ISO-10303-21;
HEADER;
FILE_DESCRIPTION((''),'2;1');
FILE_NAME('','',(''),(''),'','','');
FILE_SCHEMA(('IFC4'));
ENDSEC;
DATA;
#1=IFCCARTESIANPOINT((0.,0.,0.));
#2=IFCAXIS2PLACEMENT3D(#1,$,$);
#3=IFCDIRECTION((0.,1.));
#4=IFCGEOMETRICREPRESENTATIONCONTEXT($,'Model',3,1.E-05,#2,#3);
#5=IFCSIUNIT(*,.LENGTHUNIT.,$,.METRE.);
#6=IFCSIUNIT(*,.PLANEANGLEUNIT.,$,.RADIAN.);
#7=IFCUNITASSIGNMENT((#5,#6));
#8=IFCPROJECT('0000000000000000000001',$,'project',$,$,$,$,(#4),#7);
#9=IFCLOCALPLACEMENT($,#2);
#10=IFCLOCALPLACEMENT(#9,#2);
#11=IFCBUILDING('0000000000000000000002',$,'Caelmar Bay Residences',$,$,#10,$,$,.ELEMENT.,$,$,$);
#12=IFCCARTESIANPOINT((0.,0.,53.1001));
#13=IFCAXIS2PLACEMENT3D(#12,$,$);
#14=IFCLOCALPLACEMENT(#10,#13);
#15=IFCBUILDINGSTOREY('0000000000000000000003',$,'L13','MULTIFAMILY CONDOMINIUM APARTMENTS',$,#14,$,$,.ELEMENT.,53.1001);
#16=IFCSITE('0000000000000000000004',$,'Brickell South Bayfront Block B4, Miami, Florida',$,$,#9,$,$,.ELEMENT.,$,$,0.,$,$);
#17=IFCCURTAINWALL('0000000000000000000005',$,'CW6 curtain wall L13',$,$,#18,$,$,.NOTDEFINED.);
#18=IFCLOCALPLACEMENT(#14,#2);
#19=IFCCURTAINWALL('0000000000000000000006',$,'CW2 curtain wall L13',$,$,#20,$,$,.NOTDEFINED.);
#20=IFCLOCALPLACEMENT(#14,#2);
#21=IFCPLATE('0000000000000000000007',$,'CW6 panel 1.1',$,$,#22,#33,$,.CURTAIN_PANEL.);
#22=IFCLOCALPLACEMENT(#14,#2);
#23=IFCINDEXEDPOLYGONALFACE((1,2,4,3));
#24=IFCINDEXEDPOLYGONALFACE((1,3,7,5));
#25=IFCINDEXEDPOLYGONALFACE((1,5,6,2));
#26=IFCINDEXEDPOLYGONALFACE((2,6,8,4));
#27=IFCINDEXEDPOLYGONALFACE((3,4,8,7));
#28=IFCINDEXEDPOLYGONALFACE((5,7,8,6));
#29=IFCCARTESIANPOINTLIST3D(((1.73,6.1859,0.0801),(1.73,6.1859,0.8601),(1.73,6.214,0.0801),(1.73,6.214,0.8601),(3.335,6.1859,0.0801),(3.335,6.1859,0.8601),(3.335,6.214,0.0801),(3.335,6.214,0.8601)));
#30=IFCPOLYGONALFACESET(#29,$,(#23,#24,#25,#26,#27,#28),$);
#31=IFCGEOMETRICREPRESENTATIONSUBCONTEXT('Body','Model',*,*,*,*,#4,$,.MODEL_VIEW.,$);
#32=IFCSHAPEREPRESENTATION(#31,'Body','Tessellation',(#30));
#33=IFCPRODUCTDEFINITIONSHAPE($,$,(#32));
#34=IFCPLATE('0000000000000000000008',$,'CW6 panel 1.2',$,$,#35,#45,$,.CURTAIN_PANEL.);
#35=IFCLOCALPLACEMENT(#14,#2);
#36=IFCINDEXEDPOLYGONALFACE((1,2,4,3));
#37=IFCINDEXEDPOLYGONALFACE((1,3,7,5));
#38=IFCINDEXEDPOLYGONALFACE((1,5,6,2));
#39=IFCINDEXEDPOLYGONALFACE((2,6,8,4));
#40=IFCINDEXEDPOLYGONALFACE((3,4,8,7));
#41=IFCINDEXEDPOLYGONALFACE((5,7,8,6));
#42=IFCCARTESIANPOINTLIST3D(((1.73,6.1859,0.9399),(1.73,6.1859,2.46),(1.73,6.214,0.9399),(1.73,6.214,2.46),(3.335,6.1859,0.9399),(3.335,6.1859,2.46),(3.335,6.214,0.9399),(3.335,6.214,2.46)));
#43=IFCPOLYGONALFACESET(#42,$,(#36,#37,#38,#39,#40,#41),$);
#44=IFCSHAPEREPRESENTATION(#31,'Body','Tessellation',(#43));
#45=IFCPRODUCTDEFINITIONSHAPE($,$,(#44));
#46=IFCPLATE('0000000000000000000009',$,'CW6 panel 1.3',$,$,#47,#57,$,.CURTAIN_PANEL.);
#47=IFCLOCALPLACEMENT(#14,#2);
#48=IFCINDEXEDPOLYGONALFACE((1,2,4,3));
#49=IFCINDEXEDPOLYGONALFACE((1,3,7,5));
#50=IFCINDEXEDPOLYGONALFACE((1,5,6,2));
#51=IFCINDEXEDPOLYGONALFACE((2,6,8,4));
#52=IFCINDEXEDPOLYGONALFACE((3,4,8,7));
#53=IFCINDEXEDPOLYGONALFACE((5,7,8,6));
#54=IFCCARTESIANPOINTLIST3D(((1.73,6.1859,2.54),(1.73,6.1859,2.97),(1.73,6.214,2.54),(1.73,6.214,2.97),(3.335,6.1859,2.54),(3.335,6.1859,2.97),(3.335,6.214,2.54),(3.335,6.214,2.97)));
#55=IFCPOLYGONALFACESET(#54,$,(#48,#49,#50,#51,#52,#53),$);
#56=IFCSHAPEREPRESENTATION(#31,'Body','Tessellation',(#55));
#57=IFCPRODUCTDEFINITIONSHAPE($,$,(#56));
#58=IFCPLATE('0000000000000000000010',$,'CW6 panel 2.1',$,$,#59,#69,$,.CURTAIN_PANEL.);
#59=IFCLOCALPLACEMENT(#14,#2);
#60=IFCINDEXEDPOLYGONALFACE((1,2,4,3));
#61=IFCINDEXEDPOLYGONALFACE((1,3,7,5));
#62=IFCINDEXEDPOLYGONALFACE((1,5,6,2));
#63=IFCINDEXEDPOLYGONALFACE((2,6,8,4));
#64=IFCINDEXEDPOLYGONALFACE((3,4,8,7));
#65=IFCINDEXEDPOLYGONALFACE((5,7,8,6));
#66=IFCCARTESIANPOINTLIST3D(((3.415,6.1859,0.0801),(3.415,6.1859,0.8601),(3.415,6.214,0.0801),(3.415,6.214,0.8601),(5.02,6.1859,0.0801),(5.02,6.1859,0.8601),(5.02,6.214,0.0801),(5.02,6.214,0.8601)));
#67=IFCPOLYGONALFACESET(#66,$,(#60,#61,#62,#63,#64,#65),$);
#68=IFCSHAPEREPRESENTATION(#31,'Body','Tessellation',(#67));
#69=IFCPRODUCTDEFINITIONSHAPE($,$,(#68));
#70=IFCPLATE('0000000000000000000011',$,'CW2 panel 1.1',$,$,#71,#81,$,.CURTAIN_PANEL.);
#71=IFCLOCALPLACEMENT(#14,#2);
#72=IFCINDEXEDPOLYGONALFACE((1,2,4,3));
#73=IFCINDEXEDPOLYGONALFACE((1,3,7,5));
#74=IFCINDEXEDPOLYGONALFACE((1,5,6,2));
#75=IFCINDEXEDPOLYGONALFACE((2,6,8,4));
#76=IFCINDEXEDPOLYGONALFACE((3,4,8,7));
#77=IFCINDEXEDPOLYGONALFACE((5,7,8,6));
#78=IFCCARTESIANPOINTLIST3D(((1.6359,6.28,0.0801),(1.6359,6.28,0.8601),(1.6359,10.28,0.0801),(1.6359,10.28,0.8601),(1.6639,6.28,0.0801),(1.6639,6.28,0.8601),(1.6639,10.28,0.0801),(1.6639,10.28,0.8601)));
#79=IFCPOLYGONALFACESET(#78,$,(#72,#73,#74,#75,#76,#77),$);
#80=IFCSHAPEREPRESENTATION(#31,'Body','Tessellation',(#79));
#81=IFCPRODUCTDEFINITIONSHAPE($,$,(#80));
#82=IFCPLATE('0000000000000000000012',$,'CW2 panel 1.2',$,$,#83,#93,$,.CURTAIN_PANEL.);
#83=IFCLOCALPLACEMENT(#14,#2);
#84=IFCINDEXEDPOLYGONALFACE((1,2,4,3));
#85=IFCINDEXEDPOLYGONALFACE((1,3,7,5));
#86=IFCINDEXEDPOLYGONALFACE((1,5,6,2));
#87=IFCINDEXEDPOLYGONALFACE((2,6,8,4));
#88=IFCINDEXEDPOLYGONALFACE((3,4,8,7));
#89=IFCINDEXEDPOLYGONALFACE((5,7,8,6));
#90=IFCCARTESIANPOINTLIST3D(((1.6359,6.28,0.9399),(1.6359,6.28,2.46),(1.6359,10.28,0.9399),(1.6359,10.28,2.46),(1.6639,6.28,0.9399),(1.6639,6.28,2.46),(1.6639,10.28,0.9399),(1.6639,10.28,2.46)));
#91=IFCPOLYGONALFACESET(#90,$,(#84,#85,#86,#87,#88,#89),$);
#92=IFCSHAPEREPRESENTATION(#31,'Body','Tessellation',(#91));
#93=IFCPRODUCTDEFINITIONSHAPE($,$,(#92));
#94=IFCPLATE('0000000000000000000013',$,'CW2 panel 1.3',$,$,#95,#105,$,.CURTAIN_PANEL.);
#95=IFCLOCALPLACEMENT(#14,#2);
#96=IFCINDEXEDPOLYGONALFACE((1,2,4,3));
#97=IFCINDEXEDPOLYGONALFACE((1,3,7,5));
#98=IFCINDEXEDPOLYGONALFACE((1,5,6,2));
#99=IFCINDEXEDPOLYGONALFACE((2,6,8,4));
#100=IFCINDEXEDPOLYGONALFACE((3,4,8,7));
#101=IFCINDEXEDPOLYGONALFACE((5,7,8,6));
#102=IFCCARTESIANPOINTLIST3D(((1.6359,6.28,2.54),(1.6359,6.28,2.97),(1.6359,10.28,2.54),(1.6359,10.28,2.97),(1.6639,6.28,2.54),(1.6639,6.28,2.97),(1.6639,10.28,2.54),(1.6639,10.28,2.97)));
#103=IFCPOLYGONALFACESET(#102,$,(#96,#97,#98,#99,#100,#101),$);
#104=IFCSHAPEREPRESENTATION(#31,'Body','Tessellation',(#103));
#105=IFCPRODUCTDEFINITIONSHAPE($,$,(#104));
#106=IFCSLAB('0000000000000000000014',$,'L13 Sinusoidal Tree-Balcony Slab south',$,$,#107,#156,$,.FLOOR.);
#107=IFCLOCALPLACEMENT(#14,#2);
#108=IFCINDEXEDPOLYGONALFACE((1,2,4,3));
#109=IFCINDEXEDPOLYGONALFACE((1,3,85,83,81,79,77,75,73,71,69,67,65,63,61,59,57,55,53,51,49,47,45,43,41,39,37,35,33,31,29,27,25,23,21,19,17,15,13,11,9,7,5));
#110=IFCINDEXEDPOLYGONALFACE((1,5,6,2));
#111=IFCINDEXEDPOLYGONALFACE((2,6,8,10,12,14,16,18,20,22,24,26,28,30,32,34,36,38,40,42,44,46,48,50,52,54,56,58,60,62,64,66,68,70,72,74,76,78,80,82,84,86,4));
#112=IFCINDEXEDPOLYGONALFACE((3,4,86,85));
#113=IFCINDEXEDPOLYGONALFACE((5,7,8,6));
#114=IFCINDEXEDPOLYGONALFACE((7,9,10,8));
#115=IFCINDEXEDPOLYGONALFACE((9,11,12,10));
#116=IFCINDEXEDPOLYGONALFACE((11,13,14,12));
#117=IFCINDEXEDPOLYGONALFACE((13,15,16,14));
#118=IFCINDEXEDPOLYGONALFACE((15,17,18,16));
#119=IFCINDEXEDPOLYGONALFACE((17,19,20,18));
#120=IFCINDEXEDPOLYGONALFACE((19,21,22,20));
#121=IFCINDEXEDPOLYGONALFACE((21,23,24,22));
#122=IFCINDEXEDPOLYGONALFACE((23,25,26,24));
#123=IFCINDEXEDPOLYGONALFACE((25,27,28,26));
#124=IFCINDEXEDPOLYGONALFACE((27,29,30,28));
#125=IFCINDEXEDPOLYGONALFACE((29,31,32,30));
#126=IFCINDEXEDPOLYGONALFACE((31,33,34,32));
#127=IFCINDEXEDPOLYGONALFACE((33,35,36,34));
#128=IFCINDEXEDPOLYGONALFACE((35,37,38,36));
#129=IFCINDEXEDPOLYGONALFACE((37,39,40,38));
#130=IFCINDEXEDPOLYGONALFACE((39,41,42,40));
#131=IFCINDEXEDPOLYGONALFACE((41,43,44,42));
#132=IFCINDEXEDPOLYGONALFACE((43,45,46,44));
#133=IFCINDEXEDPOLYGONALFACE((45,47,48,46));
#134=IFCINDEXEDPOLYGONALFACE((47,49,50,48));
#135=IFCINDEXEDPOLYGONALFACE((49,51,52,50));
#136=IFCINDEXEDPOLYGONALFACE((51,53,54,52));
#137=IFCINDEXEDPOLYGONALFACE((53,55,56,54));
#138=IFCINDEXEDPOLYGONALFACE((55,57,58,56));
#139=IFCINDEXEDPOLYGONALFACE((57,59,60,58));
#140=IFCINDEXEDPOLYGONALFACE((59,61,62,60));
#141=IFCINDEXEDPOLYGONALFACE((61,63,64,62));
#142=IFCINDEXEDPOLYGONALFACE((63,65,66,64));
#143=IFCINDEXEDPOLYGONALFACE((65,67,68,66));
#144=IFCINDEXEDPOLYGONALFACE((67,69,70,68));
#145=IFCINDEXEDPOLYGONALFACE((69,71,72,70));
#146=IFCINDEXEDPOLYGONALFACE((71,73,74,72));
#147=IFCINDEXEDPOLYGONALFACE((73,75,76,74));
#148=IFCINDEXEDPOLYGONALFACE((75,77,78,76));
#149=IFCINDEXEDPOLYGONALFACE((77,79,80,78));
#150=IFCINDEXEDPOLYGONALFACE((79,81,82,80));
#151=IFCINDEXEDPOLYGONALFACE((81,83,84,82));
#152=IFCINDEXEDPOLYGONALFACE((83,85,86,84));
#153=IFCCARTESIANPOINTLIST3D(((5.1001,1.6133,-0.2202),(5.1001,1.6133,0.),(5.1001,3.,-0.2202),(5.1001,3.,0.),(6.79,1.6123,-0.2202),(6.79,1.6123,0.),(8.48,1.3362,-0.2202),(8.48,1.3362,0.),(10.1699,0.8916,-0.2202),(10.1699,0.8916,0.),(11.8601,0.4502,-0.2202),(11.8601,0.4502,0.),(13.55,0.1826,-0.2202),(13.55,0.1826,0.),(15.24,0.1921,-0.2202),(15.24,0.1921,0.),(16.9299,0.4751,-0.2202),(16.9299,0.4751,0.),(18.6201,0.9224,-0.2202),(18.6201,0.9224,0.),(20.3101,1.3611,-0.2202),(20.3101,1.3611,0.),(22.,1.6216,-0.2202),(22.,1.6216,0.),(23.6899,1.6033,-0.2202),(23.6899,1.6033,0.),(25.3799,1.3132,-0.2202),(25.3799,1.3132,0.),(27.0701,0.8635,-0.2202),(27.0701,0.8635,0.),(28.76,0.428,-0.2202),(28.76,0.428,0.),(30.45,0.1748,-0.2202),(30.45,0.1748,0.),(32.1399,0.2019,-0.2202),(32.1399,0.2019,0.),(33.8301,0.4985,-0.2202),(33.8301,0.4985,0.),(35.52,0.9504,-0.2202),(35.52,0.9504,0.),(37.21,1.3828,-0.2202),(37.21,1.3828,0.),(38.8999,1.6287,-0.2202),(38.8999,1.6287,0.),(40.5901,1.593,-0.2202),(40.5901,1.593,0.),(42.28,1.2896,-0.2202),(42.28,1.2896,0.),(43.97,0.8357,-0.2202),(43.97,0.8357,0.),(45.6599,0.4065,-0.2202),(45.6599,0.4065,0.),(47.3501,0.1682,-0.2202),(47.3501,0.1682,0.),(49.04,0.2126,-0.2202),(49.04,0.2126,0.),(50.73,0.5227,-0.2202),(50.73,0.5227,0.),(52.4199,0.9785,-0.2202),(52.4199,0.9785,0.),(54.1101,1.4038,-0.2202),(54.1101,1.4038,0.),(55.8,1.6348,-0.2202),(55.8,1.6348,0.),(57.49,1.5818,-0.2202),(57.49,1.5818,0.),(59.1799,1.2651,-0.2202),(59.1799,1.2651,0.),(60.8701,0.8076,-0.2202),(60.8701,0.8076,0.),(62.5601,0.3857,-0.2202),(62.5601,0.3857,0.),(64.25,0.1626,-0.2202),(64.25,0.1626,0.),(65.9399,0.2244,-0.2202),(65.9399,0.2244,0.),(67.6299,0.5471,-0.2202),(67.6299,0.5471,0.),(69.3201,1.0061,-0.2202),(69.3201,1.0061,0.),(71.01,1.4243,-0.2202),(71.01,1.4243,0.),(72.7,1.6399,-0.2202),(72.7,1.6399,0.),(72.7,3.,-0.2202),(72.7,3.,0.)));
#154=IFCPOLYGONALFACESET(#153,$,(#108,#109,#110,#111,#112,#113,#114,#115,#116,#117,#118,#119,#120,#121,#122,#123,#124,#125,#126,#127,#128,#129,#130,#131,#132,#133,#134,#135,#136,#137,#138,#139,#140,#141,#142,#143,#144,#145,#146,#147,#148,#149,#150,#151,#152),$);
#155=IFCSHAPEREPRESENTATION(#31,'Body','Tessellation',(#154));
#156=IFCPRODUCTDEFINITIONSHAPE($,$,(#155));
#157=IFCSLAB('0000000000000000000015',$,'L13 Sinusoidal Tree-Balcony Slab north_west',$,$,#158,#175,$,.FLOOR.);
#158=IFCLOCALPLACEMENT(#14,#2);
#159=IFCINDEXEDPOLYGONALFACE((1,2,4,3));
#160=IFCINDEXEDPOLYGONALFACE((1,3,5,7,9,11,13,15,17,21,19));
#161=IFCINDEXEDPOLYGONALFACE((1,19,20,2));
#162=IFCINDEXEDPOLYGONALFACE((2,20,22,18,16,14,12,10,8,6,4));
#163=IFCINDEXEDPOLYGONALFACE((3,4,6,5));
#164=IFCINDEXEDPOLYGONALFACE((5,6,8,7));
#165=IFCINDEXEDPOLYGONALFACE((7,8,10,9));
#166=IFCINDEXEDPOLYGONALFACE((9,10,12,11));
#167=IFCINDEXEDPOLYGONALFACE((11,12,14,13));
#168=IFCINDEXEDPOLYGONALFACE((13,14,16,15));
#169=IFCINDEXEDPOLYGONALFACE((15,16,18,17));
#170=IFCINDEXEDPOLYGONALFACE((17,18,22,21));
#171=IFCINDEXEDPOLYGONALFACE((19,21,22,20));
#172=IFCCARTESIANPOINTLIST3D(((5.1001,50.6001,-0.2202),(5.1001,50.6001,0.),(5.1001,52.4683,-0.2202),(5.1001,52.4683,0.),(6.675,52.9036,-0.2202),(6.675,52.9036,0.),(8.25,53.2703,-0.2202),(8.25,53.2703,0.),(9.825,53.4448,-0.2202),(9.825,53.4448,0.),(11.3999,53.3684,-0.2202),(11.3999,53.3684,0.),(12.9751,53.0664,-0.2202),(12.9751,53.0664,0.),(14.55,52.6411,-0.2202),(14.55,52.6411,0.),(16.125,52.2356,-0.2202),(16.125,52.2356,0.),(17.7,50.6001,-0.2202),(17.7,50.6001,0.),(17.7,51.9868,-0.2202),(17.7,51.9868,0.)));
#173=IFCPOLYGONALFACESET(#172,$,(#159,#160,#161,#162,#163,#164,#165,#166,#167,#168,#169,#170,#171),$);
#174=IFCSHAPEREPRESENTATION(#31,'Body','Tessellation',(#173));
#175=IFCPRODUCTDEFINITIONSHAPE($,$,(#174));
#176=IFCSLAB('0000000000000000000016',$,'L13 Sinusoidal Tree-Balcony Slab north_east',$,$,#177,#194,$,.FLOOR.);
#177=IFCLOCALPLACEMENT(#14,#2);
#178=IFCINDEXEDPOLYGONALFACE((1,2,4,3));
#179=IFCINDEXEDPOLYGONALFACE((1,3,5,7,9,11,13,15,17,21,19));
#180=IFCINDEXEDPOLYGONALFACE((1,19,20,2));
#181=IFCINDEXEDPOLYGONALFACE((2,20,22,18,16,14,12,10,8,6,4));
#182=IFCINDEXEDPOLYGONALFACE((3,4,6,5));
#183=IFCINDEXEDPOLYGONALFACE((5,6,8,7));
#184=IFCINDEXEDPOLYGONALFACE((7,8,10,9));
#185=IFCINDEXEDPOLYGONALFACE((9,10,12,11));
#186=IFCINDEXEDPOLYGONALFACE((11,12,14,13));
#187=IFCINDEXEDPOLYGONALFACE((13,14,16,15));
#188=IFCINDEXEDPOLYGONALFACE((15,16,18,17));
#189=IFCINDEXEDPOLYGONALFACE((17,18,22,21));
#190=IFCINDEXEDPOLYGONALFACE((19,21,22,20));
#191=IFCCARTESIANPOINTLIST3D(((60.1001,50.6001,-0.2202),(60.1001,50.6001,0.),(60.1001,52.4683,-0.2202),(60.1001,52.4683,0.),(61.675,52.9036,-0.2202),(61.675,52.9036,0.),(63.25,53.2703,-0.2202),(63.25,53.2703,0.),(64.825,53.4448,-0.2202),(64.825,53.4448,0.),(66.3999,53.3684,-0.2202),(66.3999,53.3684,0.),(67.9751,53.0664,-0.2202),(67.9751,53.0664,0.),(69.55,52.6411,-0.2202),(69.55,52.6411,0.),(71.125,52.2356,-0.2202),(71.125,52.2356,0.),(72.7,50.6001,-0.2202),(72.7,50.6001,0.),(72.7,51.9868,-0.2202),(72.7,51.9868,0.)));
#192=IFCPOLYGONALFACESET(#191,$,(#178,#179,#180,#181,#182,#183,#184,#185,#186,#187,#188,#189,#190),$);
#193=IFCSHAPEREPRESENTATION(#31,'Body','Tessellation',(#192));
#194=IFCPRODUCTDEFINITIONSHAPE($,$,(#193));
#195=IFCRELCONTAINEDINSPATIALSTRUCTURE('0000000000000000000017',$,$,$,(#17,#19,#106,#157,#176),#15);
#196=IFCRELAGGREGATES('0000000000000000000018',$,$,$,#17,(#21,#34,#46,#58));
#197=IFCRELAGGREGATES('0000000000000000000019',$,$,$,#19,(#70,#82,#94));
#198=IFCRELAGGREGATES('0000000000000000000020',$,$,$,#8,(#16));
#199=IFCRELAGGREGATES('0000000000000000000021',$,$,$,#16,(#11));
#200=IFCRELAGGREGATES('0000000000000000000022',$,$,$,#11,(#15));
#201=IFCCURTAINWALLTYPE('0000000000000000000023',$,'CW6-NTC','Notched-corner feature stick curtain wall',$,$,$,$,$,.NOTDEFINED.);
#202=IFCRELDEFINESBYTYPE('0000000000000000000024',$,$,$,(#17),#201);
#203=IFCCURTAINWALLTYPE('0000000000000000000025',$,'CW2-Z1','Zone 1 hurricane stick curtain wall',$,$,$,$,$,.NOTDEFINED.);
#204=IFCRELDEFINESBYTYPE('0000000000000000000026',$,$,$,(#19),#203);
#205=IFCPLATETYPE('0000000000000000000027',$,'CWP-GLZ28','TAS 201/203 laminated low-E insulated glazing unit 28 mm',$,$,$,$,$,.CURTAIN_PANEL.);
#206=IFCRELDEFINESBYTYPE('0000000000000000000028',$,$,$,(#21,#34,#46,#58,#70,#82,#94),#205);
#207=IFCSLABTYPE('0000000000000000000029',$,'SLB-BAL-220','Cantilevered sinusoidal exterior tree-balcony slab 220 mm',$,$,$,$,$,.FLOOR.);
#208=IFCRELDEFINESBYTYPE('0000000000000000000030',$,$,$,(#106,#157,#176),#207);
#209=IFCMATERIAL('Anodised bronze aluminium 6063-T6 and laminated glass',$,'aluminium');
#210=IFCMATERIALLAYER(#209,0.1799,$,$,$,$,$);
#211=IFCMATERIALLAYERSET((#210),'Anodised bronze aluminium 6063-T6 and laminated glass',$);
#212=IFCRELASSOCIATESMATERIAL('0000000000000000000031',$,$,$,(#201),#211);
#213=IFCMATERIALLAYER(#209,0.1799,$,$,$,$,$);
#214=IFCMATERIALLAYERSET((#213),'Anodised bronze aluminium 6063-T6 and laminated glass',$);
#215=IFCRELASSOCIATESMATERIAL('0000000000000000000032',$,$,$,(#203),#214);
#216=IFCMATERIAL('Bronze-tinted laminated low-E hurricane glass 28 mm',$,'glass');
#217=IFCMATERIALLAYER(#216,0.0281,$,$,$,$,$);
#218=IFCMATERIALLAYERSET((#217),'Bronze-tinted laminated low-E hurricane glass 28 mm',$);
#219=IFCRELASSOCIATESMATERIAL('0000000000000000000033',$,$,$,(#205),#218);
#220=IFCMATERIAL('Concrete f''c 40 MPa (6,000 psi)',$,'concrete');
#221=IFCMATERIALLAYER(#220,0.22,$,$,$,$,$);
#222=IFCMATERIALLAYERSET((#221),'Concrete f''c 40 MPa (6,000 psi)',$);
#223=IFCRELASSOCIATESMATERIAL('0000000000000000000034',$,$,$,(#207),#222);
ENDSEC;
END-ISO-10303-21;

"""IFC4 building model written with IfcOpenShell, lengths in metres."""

from ifc_helpers import new_model, si_unit, direction, frame, origin, origin_2d, place, context, subcontext, project, spatial, polyline, rectangle, outline, extrude, material, layer, layer_set, type_object, element, aggregate, save


model = new_model("IFC4")

# Units and contexts
model_context = context("Model", 3, precision=1e-05, world=origin(), true_north=direction((0.0, 1.0)))
body_context = subcontext(model_context, "Body", "Model", "MODEL_VIEW")
ifc_project = project(units=[si_unit("LENGTHUNIT", "METRE"), si_unit("PLANEANGLEUNIT", "RADIAN")], contexts=[model_context])

# Site, building, storey
site_placement = place(None, origin())
site = spatial("IfcSite", under=ifc_project, at=site_placement, Name="Brickell South Bayfront Block B4, Miami, Florida", CompositionType="ELEMENT", RefElevation=0.0)
building_placement = place(site_placement, origin())
building = spatial("IfcBuilding", under=site, at=building_placement, Name="Caelmar Bay Residences", CompositionType="ELEMENT")
storey_placement = place(building_placement, frame((0.0, 0.0, 53.1001)))
storey = spatial("IfcBuildingStorey", under=building, at=storey_placement, Name="L13", Description="MULTIFAMILY CONDOMINIUM APARTMENTS", CompositionType="ELEMENT", Elevation=53.1001)

# Curtain wall
ifc_material_1 = material(Name="Anodised bronze aluminium 6063-T6 and laminated glass", Category="aluminium")
ifc_layer_1 = layer(ifc_material_1, 0.1799)
ifc_layer_set_1 = layer_set([ifc_layer_1], Name="Anodised bronze aluminium 6063-T6 and laminated glass")
curtain_wall_type_1 = type_object("IfcCurtainWallType", Name="CW6-NTC", Description="Notched-corner feature stick curtain wall", PredefinedType="NOTDEFINED", material=ifc_layer_set_1)
curtain_wall_1_placement = place(storey_placement, origin())
curtain_wall_1 = element("IfcCurtainWall", 1, at=curtain_wall_1_placement, inside=storey, type_object=curtain_wall_type_1, Name="CW6 curtain wall L13", PredefinedType="NOTDEFINED")

# Curtain wall
ifc_layer_2 = layer(ifc_material_1, 0.1799)
ifc_layer_set_2 = layer_set([ifc_layer_2], Name="Anodised bronze aluminium 6063-T6 and laminated glass")
curtain_wall_type_2 = type_object("IfcCurtainWallType", Name="CW2-Z1", Description="Zone 1 hurricane stick curtain wall", PredefinedType="NOTDEFINED", material=ifc_layer_set_2)
curtain_wall_2_placement = place(storey_placement, origin())
curtain_wall_2 = element("IfcCurtainWall", 2, at=curtain_wall_2_placement, inside=storey, type_object=curtain_wall_type_2, Name="CW2 curtain wall L13", PredefinedType="NOTDEFINED")

# Plates
ifc_material_2 = material(Name="Bronze-tinted laminated low-E hurricane glass 28 mm", Category="glass")
ifc_layer_3 = layer(ifc_material_2, 0.0281)
ifc_layer_set_3 = layer_set([ifc_layer_3], Name="Bronze-tinted laminated low-E hurricane glass 28 mm")
plate_type = type_object("IfcPlateType", Name="CWP-GLZ28", Description="TAS 201/203 laminated low-E insulated glazing unit 28 mm", PredefinedType="CURTAIN_PANEL", material=ifc_layer_set_3)
plate_1_placement = place(storey_placement, frame((2.5325, 6.2, 0.0801), z_axis=(0.0, 0.0, 1.0), x_axis=(1.0, 0.0, 0.0)))
plate_1 = element("IfcPlate", 3, at=plate_1_placement, type_object=plate_type, Name="CW6 panel 1.1", PredefinedType="CURTAIN_PANEL", context=body_context, shape_type="SweptSolid", body=[
    extrude(rectangle(XDim=1.605, YDim=0.0281, at=origin_2d()), origin(), (0.0, 0.0, 1.0), 0.78),
])
plate_2_placement = place(storey_placement, frame((2.5325, 6.2, 0.9399), z_axis=(0.0, 0.0, 1.0), x_axis=(1.0, 0.0, 0.0)))
plate_2 = element("IfcPlate", 4, at=plate_2_placement, type_object=plate_type, Name="CW6 panel 1.2", PredefinedType="CURTAIN_PANEL", context=body_context, shape_type="SweptSolid", body=[
    extrude(rectangle(XDim=1.605, YDim=0.0281, at=origin_2d()), origin(), (0.0, 0.0, 1.0), 1.52),
])
plate_3_placement = place(storey_placement, frame((2.5325, 6.2, 2.54), z_axis=(0.0, 0.0, 1.0), x_axis=(1.0, 0.0, 0.0)))
plate_3 = element("IfcPlate", 5, at=plate_3_placement, type_object=plate_type, Name="CW6 panel 1.3", PredefinedType="CURTAIN_PANEL", context=body_context, shape_type="SweptSolid", body=[
    extrude(rectangle(XDim=1.605, YDim=0.0281, at=origin_2d()), origin(), (0.0, 0.0, 1.0), 0.4299),
])
plate_4_placement = place(storey_placement, frame((4.2175, 6.2, 0.0801), z_axis=(0.0, 0.0, 1.0), x_axis=(1.0, 0.0, 0.0)))
plate_4 = element("IfcPlate", 6, at=plate_4_placement, type_object=plate_type, Name="CW6 panel 2.1", PredefinedType="CURTAIN_PANEL", context=body_context, shape_type="SweptSolid", body=[
    extrude(rectangle(XDim=1.605, YDim=0.0281, at=origin_2d()), origin(), (0.0, 0.0, 1.0), 0.78),
])
aggregate(curtain_wall_1, [plate_1, plate_2, plate_3, plate_4])
plate_5_placement = place(storey_placement, frame((1.6499, 8.28, 0.0801), z_axis=(0.0, 0.0, 1.0), x_axis=(0.0, 1.0, 0.0)))
plate_5 = element("IfcPlate", 7, at=plate_5_placement, type_object=plate_type, Name="CW2 panel 1.1", PredefinedType="CURTAIN_PANEL", context=body_context, shape_type="SweptSolid", body=[
    extrude(rectangle(XDim=4.0, YDim=0.0281, at=origin_2d()), origin(), (0.0, 0.0, 1.0), 0.78),
])
plate_6_placement = place(storey_placement, frame((1.6499, 8.28, 0.9399), z_axis=(0.0, 0.0, 1.0), x_axis=(0.0, 1.0, 0.0)))
plate_6 = element("IfcPlate", 8, at=plate_6_placement, type_object=plate_type, Name="CW2 panel 1.2", PredefinedType="CURTAIN_PANEL", context=body_context, shape_type="SweptSolid", body=[
    extrude(rectangle(XDim=4.0, YDim=0.0281, at=origin_2d()), origin(), (0.0, 0.0, 1.0), 1.52),
])
plate_7_placement = place(storey_placement, frame((1.6499, 8.28, 2.54), z_axis=(0.0, 0.0, 1.0), x_axis=(0.0, 1.0, 0.0)))
plate_7 = element("IfcPlate", 9, at=plate_7_placement, type_object=plate_type, Name="CW2 panel 1.3", PredefinedType="CURTAIN_PANEL", context=body_context, shape_type="SweptSolid", body=[
    extrude(rectangle(XDim=4.0, YDim=0.0281, at=origin_2d()), origin(), (0.0, 0.0, 1.0), 0.4299),
])
aggregate(curtain_wall_2, [plate_5, plate_6, plate_7])

# Slabs
ifc_material_3 = material(Name="Concrete f'c 40 MPa (6,000 psi)", Category="concrete")
ifc_layer_4 = layer(ifc_material_3, 0.22)
ifc_layer_set_4 = layer_set([ifc_layer_4], Name="Concrete f'c 40 MPa (6,000 psi)")
slab_type_1 = type_object("IfcSlabType", Name="SLB-BAL-220", Description="Cantilevered sinusoidal exterior tree-balcony slab 220 mm", PredefinedType="FLOOR", material=ifc_layer_set_4)
slab_1_placement = place(storey_placement, frame((0.0, 0.0, -0.2202)))
element("IfcSlab", 10, at=slab_1_placement, inside=storey, type_object=slab_type_1, Name="L13 Sinusoidal Tree-Balcony Slab south", PredefinedType="FLOOR", context=body_context, shape_type="SweptSolid", body=[
    extrude(outline(polyline([(5.1001, 1.6133), (6.79, 1.6123), (8.48, 1.3362), (10.1699, 0.8916), (11.8601, 0.4502), (13.55, 0.1826), (15.24, 0.1921), (16.9299, 0.4751), (18.6201, 0.9224), (20.3101, 1.3611), (22.0, 1.6216), (23.6899, 1.6033), (25.3799, 1.3132), (27.0701, 0.8635), (28.76, 0.428), (30.45, 0.1748), (32.1399, 0.2019), (33.8301, 0.4985), (35.52, 0.9504), (37.21, 1.3828), (38.8999, 1.6287), (40.5901, 1.593), (42.28, 1.2896), (43.97, 0.8357), (45.6599, 0.4065), (47.3501, 0.1682), (49.04, 0.2126), (50.73, 0.5227), (52.4199, 0.9785), (54.1101, 1.4038), (55.8, 1.6348), (57.49, 1.5818), (59.1799, 1.2651), (60.8701, 0.8076), (62.5601, 0.3857), (64.25, 0.1626), (65.9399, 0.2244), (67.6299, 0.5471), (69.3201, 1.0061), (71.01, 1.4243), (72.7, 1.6399), (72.7, 3.0), (5.1001, 3.0), (5.1001, 1.6133)])), origin(), (0.0, 0.0, 1.0), 0.2202),
])
slab_2_placement = place(storey_placement, frame((0.0, 0.0, -0.2202)))
element("IfcSlab", 11, at=slab_2_placement, inside=storey, type_object=slab_type_1, Name="L13 Sinusoidal Tree-Balcony Slab north_west", PredefinedType="FLOOR", context=body_context, shape_type="SweptSolid", body=[
    extrude(outline(polyline([(5.1001, 50.6001), (17.7, 50.6001), (17.7, 51.9868), (16.125, 52.2356), (14.55, 52.6411), (12.9751, 53.0664), (11.3999, 53.3684), (9.825, 53.4448), (8.25, 53.2703), (6.675, 52.9036), (5.1001, 52.4683), (5.1001, 50.6001)])), origin(), (0.0, 0.0, 1.0), 0.2202),
])
slab_3_placement = place(storey_placement, frame((0.0, 0.0, -0.2202)))
element("IfcSlab", 12, at=slab_3_placement, inside=storey, type_object=slab_type_1, Name="L13 Sinusoidal Tree-Balcony Slab north_east", PredefinedType="FLOOR", context=body_context, shape_type="SweptSolid", body=[
    extrude(outline(polyline([(60.1001, 50.6001), (72.7, 50.6001), (72.7, 51.9868), (71.125, 52.2356), (69.55, 52.6411), (67.9751, 53.0664), (66.3999, 53.3684), (64.825, 53.4448), (63.25, 53.2703), (61.675, 52.9036), (60.1001, 52.4683), (60.1001, 50.6001)])), origin(), (0.0, 0.0, 1.0), 0.2202),
])

save(model, "model.ifc")
